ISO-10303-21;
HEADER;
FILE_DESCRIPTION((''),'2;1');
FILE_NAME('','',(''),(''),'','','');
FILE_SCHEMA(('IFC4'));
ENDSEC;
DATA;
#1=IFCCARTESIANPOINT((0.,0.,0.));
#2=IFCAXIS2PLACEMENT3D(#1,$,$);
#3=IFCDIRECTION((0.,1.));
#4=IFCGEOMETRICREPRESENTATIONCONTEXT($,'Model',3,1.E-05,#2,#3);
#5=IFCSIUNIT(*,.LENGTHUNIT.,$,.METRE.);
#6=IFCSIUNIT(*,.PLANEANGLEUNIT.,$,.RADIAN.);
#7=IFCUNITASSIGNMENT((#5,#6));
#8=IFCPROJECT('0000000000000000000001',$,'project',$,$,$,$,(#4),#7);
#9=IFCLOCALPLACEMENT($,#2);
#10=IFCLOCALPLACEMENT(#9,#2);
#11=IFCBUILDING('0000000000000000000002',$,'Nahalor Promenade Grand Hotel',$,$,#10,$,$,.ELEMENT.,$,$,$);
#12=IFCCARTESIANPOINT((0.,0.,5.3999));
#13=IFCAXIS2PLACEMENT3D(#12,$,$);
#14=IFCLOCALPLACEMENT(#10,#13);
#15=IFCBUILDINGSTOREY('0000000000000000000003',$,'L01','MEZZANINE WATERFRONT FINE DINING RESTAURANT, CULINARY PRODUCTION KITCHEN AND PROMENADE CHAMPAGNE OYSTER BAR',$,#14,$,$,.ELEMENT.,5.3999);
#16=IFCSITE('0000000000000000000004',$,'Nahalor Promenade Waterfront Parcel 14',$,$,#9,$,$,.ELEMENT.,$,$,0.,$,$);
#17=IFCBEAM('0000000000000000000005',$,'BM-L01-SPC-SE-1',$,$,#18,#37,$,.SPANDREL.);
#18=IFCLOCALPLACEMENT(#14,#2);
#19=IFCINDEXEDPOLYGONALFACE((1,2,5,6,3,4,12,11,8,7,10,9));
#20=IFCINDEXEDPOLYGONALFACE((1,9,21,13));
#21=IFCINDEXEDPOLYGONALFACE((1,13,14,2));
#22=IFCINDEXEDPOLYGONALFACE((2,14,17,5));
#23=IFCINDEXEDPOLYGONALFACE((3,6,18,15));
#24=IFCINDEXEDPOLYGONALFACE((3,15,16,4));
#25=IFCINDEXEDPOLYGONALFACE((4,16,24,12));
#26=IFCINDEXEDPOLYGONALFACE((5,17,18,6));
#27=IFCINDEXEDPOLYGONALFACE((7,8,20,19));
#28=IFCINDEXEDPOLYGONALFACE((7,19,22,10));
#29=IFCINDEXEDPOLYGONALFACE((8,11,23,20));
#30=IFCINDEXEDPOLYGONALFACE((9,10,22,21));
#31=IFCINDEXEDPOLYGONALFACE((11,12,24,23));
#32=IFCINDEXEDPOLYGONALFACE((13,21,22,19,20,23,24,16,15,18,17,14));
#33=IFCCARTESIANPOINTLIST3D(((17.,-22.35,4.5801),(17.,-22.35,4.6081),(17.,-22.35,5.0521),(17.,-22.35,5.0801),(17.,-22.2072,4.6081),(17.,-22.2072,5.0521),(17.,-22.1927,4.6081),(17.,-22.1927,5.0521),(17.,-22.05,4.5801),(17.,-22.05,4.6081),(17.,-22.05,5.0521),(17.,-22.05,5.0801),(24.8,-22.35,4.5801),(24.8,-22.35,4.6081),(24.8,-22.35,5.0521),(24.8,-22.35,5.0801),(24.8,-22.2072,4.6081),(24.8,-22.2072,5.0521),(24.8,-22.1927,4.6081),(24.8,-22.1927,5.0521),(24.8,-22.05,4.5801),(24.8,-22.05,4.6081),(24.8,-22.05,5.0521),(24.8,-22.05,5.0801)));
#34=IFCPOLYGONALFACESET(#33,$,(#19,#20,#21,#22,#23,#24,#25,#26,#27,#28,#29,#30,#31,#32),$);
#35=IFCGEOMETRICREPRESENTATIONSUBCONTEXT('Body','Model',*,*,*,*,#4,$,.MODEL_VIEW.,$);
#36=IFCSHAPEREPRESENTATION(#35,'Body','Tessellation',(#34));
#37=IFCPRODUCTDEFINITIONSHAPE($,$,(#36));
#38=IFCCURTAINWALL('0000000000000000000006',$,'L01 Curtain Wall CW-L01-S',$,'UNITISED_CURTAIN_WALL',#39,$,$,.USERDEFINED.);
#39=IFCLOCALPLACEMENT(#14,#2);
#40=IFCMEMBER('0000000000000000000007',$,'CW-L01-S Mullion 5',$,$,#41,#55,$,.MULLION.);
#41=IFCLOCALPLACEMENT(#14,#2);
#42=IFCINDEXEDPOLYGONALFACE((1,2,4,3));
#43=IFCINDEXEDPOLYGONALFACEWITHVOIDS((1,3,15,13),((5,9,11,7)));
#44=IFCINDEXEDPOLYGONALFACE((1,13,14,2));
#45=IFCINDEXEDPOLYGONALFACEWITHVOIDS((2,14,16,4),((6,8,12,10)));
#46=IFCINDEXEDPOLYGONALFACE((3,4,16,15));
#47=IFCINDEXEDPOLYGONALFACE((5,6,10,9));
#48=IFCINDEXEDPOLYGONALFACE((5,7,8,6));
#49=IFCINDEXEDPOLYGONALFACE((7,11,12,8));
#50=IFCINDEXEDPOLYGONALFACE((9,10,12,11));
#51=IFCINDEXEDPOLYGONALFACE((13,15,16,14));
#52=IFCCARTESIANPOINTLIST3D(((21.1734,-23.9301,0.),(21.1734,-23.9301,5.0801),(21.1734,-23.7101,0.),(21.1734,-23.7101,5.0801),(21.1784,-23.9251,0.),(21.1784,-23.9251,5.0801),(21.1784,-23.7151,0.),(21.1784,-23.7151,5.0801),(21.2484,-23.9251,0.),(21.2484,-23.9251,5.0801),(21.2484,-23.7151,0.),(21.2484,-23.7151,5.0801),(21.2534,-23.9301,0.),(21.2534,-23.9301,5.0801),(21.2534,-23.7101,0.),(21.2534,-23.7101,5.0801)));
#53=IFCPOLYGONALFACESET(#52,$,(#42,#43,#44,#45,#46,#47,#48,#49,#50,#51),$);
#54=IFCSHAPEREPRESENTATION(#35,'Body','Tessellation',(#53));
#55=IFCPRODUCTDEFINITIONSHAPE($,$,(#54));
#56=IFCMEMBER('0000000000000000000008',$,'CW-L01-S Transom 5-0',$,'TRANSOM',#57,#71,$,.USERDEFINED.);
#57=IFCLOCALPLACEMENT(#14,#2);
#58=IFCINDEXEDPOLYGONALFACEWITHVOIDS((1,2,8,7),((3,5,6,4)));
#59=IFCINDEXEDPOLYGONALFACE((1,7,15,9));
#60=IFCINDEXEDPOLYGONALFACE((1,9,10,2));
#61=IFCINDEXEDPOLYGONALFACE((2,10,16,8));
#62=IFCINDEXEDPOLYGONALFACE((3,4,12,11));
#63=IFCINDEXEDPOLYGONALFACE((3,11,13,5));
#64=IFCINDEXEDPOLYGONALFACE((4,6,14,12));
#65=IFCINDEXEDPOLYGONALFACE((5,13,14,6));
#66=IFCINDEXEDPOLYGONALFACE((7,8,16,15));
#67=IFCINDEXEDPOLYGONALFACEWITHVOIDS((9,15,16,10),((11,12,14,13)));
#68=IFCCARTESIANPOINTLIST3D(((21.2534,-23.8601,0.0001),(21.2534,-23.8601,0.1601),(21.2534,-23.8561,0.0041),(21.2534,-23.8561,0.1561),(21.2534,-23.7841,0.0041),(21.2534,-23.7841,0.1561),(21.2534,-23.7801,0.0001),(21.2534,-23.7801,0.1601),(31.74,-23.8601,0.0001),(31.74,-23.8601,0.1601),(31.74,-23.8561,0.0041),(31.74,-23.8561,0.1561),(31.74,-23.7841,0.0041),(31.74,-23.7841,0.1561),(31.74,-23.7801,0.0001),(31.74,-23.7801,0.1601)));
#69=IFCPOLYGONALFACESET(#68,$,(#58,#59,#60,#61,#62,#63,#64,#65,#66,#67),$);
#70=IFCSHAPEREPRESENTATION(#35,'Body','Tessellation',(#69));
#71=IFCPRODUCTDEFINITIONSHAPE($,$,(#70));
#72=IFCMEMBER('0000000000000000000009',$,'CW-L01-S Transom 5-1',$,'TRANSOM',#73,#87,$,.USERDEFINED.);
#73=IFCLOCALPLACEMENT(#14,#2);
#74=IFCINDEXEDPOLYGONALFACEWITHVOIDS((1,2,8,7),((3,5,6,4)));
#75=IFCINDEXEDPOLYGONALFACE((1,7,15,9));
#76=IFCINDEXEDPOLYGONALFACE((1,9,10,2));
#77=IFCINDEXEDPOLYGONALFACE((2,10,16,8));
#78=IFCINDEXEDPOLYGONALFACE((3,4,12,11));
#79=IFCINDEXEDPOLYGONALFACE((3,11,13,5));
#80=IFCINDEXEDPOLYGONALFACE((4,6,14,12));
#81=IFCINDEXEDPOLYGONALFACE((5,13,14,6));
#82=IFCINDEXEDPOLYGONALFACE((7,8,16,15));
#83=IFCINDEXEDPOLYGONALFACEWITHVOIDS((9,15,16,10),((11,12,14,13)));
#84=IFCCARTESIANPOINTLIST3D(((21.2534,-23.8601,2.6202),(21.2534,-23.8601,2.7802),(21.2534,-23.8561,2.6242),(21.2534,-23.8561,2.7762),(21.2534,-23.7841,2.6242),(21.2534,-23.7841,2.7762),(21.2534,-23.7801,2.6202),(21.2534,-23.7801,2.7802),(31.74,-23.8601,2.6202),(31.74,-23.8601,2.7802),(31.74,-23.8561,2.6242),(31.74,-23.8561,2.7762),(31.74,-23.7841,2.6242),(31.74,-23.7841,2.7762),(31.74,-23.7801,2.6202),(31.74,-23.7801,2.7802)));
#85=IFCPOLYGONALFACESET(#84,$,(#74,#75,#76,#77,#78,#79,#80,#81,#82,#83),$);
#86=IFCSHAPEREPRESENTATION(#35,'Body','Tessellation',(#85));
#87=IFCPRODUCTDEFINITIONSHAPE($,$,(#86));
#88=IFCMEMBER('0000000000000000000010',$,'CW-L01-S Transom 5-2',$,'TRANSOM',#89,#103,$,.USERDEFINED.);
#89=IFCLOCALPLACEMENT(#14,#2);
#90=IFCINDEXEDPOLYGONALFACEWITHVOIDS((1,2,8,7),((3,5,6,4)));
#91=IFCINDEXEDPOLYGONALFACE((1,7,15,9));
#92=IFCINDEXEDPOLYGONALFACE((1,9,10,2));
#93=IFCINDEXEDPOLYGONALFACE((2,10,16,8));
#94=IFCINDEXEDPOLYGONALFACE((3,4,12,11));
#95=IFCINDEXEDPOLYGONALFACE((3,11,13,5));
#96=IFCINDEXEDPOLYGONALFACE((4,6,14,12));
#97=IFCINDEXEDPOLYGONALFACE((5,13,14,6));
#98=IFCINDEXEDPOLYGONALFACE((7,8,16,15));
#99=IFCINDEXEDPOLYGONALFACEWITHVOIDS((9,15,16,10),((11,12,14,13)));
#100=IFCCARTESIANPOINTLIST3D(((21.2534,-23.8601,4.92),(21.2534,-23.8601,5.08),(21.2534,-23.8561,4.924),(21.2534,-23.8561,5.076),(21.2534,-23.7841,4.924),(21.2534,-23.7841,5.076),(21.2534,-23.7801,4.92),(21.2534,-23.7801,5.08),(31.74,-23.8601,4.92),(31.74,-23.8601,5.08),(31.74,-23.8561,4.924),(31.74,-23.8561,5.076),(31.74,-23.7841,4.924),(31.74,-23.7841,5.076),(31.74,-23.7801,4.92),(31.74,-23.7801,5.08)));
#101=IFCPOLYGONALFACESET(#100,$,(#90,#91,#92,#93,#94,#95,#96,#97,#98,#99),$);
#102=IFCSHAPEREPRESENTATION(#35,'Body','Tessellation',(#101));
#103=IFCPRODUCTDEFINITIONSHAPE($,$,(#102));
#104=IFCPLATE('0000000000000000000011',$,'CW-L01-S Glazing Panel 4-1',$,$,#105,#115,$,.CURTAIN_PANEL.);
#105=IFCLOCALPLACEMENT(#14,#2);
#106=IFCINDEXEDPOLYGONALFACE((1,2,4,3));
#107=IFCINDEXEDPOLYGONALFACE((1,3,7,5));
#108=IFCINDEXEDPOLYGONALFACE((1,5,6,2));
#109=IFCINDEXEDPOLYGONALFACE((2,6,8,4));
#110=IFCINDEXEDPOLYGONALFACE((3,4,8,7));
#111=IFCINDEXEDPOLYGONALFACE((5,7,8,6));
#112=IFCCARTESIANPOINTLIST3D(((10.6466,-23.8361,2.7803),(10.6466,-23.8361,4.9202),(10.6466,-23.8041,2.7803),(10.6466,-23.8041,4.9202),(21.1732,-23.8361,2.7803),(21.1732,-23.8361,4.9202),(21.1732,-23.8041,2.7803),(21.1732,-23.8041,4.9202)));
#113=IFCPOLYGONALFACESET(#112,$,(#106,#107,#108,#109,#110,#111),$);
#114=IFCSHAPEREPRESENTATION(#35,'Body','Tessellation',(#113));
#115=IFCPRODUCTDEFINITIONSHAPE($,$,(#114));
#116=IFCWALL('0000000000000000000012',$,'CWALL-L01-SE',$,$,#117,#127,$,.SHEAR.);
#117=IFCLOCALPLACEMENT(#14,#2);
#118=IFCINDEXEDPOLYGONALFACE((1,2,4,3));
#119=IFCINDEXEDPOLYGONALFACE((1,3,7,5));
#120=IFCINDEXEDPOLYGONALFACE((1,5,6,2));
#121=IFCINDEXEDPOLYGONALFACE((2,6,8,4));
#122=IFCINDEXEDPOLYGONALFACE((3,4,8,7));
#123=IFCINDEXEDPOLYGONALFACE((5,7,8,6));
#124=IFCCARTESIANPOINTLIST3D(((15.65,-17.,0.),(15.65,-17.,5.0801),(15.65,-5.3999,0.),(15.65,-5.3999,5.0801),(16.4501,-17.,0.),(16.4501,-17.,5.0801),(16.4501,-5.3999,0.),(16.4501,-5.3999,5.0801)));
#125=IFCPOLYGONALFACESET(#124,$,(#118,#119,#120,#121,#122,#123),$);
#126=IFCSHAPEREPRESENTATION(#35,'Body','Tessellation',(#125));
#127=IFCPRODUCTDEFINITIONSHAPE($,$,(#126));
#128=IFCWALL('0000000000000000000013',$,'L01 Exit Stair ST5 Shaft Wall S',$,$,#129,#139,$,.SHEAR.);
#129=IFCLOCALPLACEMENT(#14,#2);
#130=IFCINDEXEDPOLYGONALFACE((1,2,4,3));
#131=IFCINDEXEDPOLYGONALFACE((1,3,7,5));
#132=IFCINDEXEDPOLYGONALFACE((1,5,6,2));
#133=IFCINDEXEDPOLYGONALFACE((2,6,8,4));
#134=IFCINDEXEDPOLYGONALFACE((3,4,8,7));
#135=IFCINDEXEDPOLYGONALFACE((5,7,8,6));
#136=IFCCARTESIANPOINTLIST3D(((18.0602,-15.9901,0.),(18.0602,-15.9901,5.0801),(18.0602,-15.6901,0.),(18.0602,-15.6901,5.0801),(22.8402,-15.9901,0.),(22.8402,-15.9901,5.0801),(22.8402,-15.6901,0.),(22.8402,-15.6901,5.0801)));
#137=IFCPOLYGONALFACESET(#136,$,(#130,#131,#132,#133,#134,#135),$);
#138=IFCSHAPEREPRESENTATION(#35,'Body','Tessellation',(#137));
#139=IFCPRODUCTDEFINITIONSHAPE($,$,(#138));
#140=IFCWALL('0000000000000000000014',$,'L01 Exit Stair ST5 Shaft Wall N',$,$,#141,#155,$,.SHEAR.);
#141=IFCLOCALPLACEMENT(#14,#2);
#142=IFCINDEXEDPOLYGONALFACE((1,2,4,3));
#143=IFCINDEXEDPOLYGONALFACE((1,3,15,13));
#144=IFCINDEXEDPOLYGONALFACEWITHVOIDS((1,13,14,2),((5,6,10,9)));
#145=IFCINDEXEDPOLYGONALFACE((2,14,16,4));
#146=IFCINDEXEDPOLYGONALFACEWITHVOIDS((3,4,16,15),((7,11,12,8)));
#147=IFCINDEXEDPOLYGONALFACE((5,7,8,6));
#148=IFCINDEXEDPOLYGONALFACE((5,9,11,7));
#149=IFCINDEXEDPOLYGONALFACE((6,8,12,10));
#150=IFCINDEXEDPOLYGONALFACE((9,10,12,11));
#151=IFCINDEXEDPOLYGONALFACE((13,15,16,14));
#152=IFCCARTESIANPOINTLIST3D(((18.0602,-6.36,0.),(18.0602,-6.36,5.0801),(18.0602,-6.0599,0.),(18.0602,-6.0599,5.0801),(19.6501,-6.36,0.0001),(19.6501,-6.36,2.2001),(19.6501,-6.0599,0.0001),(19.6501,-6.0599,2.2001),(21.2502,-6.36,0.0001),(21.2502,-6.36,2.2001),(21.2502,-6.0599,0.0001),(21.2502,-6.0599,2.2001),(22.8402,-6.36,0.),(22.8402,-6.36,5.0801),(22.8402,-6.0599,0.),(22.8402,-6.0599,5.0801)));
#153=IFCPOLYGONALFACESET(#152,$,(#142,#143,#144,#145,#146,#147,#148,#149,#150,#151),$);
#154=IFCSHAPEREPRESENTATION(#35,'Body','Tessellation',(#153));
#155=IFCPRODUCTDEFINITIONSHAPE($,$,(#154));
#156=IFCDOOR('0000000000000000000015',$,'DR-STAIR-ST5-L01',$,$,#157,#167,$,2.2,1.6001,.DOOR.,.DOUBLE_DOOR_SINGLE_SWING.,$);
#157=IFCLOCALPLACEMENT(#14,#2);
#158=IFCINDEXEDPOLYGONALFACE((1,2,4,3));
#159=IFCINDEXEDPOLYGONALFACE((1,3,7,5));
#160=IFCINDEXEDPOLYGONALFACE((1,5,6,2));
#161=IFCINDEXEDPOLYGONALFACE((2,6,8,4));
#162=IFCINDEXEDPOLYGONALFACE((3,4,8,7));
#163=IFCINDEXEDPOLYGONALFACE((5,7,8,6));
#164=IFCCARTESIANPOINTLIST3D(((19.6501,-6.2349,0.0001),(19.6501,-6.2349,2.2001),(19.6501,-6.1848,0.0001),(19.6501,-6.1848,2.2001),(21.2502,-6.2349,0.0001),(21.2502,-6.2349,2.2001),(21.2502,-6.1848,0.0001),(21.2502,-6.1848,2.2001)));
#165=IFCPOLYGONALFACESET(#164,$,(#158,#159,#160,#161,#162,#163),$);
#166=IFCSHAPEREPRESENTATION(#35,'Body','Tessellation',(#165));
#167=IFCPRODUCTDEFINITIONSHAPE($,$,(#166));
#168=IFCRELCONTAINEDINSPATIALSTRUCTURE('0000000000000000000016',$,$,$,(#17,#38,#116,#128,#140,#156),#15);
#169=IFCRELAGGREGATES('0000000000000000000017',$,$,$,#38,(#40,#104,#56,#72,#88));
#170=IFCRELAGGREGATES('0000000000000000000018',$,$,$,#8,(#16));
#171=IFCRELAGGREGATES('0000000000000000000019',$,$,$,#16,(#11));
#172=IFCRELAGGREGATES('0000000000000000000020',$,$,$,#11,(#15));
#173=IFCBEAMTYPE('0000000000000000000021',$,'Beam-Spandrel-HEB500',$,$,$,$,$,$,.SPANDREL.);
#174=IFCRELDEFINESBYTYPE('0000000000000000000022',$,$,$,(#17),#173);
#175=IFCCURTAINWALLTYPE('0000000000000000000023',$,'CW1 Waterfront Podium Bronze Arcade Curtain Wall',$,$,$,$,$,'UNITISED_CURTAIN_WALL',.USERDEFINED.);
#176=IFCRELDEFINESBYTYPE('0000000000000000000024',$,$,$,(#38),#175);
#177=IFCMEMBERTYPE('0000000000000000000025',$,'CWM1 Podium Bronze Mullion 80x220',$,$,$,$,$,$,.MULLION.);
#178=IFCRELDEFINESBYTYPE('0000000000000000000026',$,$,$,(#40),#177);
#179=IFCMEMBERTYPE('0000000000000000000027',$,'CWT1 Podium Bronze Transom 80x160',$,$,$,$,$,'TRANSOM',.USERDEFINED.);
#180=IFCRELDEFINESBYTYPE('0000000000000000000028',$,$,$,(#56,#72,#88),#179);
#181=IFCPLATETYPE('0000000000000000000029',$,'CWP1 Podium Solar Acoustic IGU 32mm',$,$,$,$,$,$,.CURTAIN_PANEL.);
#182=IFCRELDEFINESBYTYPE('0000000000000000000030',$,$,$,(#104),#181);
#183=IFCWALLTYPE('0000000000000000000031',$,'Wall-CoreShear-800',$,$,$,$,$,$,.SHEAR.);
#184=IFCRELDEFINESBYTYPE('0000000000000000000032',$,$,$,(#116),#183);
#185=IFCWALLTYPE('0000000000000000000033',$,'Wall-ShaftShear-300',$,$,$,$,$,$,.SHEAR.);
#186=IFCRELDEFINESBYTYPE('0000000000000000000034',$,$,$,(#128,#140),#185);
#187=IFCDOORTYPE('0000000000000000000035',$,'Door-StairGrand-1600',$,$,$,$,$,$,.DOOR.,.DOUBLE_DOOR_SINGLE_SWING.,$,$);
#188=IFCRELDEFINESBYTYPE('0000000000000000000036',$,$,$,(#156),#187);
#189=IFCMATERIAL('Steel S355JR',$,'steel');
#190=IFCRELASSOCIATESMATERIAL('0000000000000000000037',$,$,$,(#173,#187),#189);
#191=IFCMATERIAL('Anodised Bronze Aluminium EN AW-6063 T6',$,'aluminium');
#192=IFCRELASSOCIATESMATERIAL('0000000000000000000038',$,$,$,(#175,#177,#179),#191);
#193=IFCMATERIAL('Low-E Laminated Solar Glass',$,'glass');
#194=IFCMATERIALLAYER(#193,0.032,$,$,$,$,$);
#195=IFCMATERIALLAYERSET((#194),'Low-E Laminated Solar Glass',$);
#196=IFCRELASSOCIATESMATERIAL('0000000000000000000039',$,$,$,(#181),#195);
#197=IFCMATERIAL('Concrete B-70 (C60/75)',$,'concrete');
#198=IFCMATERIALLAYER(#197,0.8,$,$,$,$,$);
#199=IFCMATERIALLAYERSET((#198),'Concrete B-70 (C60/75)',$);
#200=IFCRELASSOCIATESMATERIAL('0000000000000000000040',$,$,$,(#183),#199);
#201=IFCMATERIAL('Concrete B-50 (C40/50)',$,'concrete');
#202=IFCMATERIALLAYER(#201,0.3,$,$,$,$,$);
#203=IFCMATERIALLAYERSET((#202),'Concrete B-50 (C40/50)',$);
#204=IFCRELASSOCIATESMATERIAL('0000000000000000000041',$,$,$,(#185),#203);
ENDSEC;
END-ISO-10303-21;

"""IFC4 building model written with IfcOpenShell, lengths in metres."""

from ifc_helpers import new_model, si_unit, direction, frame, frame_2d, origin, origin_2d, place, context, subcontext, project, spatial, rectangle, hollow_rectangle, i_section, extrude, source, transform, mapped, material, layer, layer_set, material_profile, profile_set, type_object, element, fill, aggregate, save


model = new_model("IFC4")

# Units and contexts
model_context = context("Model", 3, precision=1e-05, world=origin(), true_north=direction((0.0, 1.0)))
body_context = subcontext(model_context, "Body", "Model", "MODEL_VIEW")
ifc_project = project(units=[si_unit("LENGTHUNIT", "METRE"), si_unit("PLANEANGLEUNIT", "RADIAN")], contexts=[model_context])

# Site, building, storey
site_placement = place(None, origin())
site = spatial("IfcSite", under=ifc_project, at=site_placement, Name="Nahalor Promenade Waterfront Parcel 14", CompositionType="ELEMENT", RefElevation=0.0)
building_placement = place(site_placement, origin())
building = spatial("IfcBuilding", under=site, at=building_placement, Name="Nahalor Promenade Grand Hotel", CompositionType="ELEMENT")
storey_placement = place(building_placement, frame((0.0, 0.0, 5.3999)))
storey = spatial("IfcBuildingStorey", under=building, at=storey_placement, Name="L01", Description="MEZZANINE WATERFRONT FINE DINING RESTAURANT, CULINARY PRODUCTION KITCHEN AND PROMENADE CHAMPAGNE OYSTER BAR", CompositionType="ELEMENT", Elevation=5.3999)

# Shared definitions
ifc_material_1 = material(Name="Concrete B-70 (C60/75)", Category="concrete")

# Beam
ifc_material_2 = material(Name="Steel S355JR", Category="steel")
ifc_material_profile_1 = material_profile(ifc_material_2, i_section(OverallWidth=0.3, OverallDepth=0.5, WebThickness=0.0145, FlangeThickness=0.028, at=origin_2d()), Name="HEB 500")
ifc_profile_set_1 = profile_set([ifc_material_profile_1], Name="Steel S355JR")
beam_type_1 = type_object("IfcBeamType", Name="Beam-Spandrel-HEB500", PredefinedType="SPANDREL", material=ifc_profile_set_1)
shared_shape_1 = source(origin(), body_context, "Body", "SweptSolid", [
    extrude(i_section(OverallWidth=0.3, OverallDepth=0.5, WebThickness=0.0145, FlangeThickness=0.028, at=origin_2d()), origin(), (0.0, 0.0, 1.0), 7.8),
])
beam_1_placement = place(storey_placement, frame((17.0, -22.2, 4.8301), z_axis=(1.0, 0.0, 0.0), x_axis=(0.0, 1.0, 0.0)))
element("IfcBeam", 1, at=beam_1_placement, inside=storey, type_object=beam_type_1, Name="BM-L01-SPC-SE-1", PredefinedType="SPANDREL", context=body_context, shape_type="MappedRepresentation", body=[
    mapped(shared_shape_1, transform((0.0, 0.0, 0.0), scale=1.0)),
])

# Curtain wall, members, plate
ifc_material_3 = material(Name="Anodised Bronze Aluminium EN AW-6063 T6", Category="aluminium")
curtain_wall_type = type_object("IfcCurtainWallType", Name="CW1 Waterfront Podium Bronze Arcade Curtain Wall", ElementType="UNITISED_CURTAIN_WALL", PredefinedType="USERDEFINED", material=ifc_material_3)
curtain_wall_placement = place(storey_placement, origin())
curtain_wall = element("IfcCurtainWall", 2, at=curtain_wall_placement, inside=storey, type_object=curtain_wall_type, Name="L01 Curtain Wall CW-L01-S", ObjectType="UNITISED_CURTAIN_WALL", PredefinedType="USERDEFINED")
ifc_material_profile_2 = material_profile(ifc_material_3, hollow_rectangle(XDim=0.08, YDim=0.22, WallThickness=0.005, at=origin_2d()), Name="CWM 80x220x5")
ifc_profile_set_2 = profile_set([ifc_material_profile_2], Name="Anodised Bronze Aluminium EN AW-6063 T6")
member_type_1 = type_object("IfcMemberType", Name="CWM1 Podium Bronze Mullion 80x220", PredefinedType="MULLION", material=ifc_profile_set_2)
shared_shape_2 = source(origin(), body_context, "Body", "SweptSolid", [
    extrude(hollow_rectangle(XDim=0.08, YDim=0.22, WallThickness=0.005, at=origin_2d()), origin(), (0.0, 0.0, 1.0), 5.0801),
])
member_1_placement = place(storey_placement, frame((21.2134, -23.8201, 0.0), z_axis=(0.0, 0.0, 1.0), x_axis=(1.0, 0.0, 0.0)))
member_1 = element("IfcMember", 3, at=member_1_placement, type_object=member_type_1, Name="CW-L01-S Mullion 5", PredefinedType="MULLION", context=body_context, shape_type="MappedRepresentation", body=[
    mapped(shared_shape_2, transform((0.0, 0.0, 0.0), scale=1.0)),
])
ifc_material_profile_3 = material_profile(ifc_material_3, hollow_rectangle(XDim=0.08, YDim=0.16, WallThickness=0.004, at=origin_2d()), Name="CWT 80x160x4")
ifc_profile_set_3 = profile_set([ifc_material_profile_3], Name="Anodised Bronze Aluminium EN AW-6063 T6")
member_type_2 = type_object("IfcMemberType", Name="CWT1 Podium Bronze Transom 80x160", ElementType="TRANSOM", PredefinedType="USERDEFINED", material=ifc_profile_set_3)
shared_shape_3 = source(origin(), body_context, "Body", "SweptSolid", [
    extrude(hollow_rectangle(XDim=0.08, YDim=0.16, WallThickness=0.004, at=origin_2d()), origin(), (0.0, 0.0, 1.0), 10.4866),
])
member_2_placement = place(storey_placement, frame((21.2534, -23.8201, 0.0801), z_axis=(1.0, 0.0, 0.0), x_axis=(0.0, 1.0, 0.0)))
member_2 = element("IfcMember", 4, at=member_2_placement, type_object=member_type_2, Name="CW-L01-S Transom 5-0", ObjectType="TRANSOM", PredefinedType="USERDEFINED", context=body_context, shape_type="MappedRepresentation", body=[
    mapped(shared_shape_3, transform((0.0, 0.0, 0.0), scale=1.0)),
])
member_3_placement = place(storey_placement, frame((21.2534, -23.8201, 2.7002), z_axis=(1.0, 0.0, 0.0), x_axis=(0.0, 1.0, 0.0)))
member_3 = element("IfcMember", 5, at=member_3_placement, type_object=member_type_2, Name="CW-L01-S Transom 5-1", ObjectType="TRANSOM", PredefinedType="USERDEFINED", context=body_context, shape_type="MappedRepresentation", body=[
    mapped(shared_shape_3, transform((0.0, 0.0, 0.0), scale=1.0)),
])
member_4_placement = place(storey_placement, frame((21.2534, -23.8201, 5.0), z_axis=(1.0, 0.0, 0.0), x_axis=(0.0, 1.0, 0.0)))
member_4 = element("IfcMember", 6, at=member_4_placement, type_object=member_type_2, Name="CW-L01-S Transom 5-2", ObjectType="TRANSOM", PredefinedType="USERDEFINED", context=body_context, shape_type="MappedRepresentation", body=[
    mapped(shared_shape_3, transform((0.0, 0.0, 0.0), scale=1.0)),
])
ifc_material_4 = material(Name="Low-E Laminated Solar Glass", Category="glass")
ifc_layer_1 = layer(ifc_material_4, 0.032)
ifc_layer_set_1 = layer_set([ifc_layer_1], Name="Low-E Laminated Solar Glass")
plate_type = type_object("IfcPlateType", Name="CWP1 Podium Solar Acoustic IGU 32mm", PredefinedType="CURTAIN_PANEL", material=ifc_layer_set_1)
shared_shape_4 = source(origin(), body_context, "Body", "SweptSolid", [
    extrude(rectangle(XDim=10.5266, YDim=0.032, at=origin_2d()), origin(), (0.0, 0.0, 1.0), 2.1399),
])
plate_placement = place(storey_placement, frame((15.9099, -23.8201, 2.7803), z_axis=(0.0, 0.0, 1.0), x_axis=(1.0, 0.0, 0.0)))
plate = element("IfcPlate", 7, at=plate_placement, type_object=plate_type, Name="CW-L01-S Glazing Panel 4-1", PredefinedType="CURTAIN_PANEL", context=body_context, shape_type="MappedRepresentation", body=[
    mapped(shared_shape_4, transform((0.0, 0.0, 0.0), scale=1.0)),
])
aggregate(curtain_wall, [member_1, plate, member_2, member_3, member_4])

# Walls
ifc_layer_2 = layer(ifc_material_1, 0.8)
ifc_layer_set_2 = layer_set([ifc_layer_2], Name="Concrete B-70 (C60/75)")
wall_type_1 = type_object("IfcWallType", Name="Wall-CoreShear-800", PredefinedType="SHEAR", material=ifc_layer_set_2)
shared_shape_5 = source(origin(), body_context, "Body", "SweptSolid", [
    extrude(rectangle(XDim=11.6001, YDim=0.8, at=frame_2d((5.8, 0.0))), origin(), (0.0, 0.0, 1.0), 5.0801),
])
wall_1_placement = place(storey_placement, frame((16.05, -17.0, 0.0), z_axis=(0.0, 0.0, 1.0), x_axis=(0.0, 1.0, 0.0)))
element("IfcWall", 8, at=wall_1_placement, inside=storey, type_object=wall_type_1, Name="CWALL-L01-SE", PredefinedType="SHEAR", context=body_context, shape_type="MappedRepresentation", body=[
    mapped(shared_shape_5, transform((0.0, 0.0, 0.0), scale=1.0)),
])
ifc_material_5 = material(Name="Concrete B-50 (C40/50)", Category="concrete")
ifc_layer_3 = layer(ifc_material_5, 0.3)
ifc_layer_set_3 = layer_set([ifc_layer_3], Name="Concrete B-50 (C40/50)")
wall_type_2 = type_object("IfcWallType", Name="Wall-ShaftShear-300", PredefinedType="SHEAR", material=ifc_layer_set_3)
shared_shape_6 = source(origin(), body_context, "Body", "SweptSolid", [
    extrude(rectangle(XDim=4.78, YDim=0.3, at=frame_2d((2.3901, 0.0))), origin(), (0.0, 0.0, 1.0), 5.0801),
])
wall_2_placement = place(storey_placement, frame((18.0601, -15.8401, 0.0), z_axis=(0.0, 0.0, 1.0), x_axis=(1.0, 0.0, 0.0)))
element("IfcWall", 9, at=wall_2_placement, inside=storey, type_object=wall_type_2, Name="L01 Exit Stair ST5 Shaft Wall S", PredefinedType="SHEAR", context=body_context, shape_type="MappedRepresentation", body=[
    mapped(shared_shape_6, transform((0.0, 0.0, 0.0), scale=1.0)),
])

# Wall, opening, door
wall_3_placement = place(storey_placement, frame((18.0601, -6.21, 0.0), z_axis=(0.0, 0.0, 1.0), x_axis=(1.0, 0.0, 0.0)))
wall_3 = element("IfcWall", 10, at=wall_3_placement, inside=storey, type_object=wall_type_2, Name="L01 Exit Stair ST5 Shaft Wall N", PredefinedType="SHEAR", context=body_context, shape_type="MappedRepresentation", body=[
    mapped(shared_shape_6, transform((0.0, 0.0, 0.0), scale=1.0)),
])
opening_placement = place(wall_3_placement, frame((1.5901, 0.0, 0.0)))
opening = element("IfcOpeningElement", 11, at=opening_placement, cuts=wall_3, PredefinedType="OPENING", context=body_context, shape_type="SweptSolid", body=[
    extrude(rectangle(XDim=1.6001, YDim=2.2, at=frame_2d((0.8, 1.1001))), frame((0.0, 0.1599, 0.0), z_axis=(0.0, -1.0, 0.0), x_axis=(1.0, 0.0, 0.0)), (0.0, 0.0, 1.0), 0.3201),
])
door_type = type_object("IfcDoorType", Name="Door-StairGrand-1600", OperationType="DOUBLE_DOOR_SINGLE_SWING", PredefinedType="DOOR", material=ifc_material_2)
shared_shape_7 = source(origin(), body_context, "Body", "SweptSolid", [
    extrude(rectangle(XDim=1.6001, YDim=2.2, at=frame_2d((0.8, 1.1001))), frame((0.0, 0.0249, 0.0), z_axis=(0.0, -1.0, 0.0), x_axis=(1.0, 0.0, 0.0)), (0.0, 0.0, 1.0), 0.05),
])
door_placement = place(opening_placement, frame((1.6001, 0.0, 0.0), z_axis=(0.0, 0.0, 1.0), x_axis=(-1.0, 0.0, 0.0)))
door = element("IfcDoor", 12, at=door_placement, inside=storey, type_object=door_type, Name="DR-STAIR-ST5-L01", OperationType="DOUBLE_DOOR_SINGLE_SWING", OverallHeight=2.2, OverallWidth=1.6001, PredefinedType="DOOR", context=body_context, shape_type="MappedRepresentation", body=[
    mapped(shared_shape_7, transform((0.0, 0.0, 0.0), scale=1.0)),
])
fill(opening, door)

save(model, "model.ifc")
